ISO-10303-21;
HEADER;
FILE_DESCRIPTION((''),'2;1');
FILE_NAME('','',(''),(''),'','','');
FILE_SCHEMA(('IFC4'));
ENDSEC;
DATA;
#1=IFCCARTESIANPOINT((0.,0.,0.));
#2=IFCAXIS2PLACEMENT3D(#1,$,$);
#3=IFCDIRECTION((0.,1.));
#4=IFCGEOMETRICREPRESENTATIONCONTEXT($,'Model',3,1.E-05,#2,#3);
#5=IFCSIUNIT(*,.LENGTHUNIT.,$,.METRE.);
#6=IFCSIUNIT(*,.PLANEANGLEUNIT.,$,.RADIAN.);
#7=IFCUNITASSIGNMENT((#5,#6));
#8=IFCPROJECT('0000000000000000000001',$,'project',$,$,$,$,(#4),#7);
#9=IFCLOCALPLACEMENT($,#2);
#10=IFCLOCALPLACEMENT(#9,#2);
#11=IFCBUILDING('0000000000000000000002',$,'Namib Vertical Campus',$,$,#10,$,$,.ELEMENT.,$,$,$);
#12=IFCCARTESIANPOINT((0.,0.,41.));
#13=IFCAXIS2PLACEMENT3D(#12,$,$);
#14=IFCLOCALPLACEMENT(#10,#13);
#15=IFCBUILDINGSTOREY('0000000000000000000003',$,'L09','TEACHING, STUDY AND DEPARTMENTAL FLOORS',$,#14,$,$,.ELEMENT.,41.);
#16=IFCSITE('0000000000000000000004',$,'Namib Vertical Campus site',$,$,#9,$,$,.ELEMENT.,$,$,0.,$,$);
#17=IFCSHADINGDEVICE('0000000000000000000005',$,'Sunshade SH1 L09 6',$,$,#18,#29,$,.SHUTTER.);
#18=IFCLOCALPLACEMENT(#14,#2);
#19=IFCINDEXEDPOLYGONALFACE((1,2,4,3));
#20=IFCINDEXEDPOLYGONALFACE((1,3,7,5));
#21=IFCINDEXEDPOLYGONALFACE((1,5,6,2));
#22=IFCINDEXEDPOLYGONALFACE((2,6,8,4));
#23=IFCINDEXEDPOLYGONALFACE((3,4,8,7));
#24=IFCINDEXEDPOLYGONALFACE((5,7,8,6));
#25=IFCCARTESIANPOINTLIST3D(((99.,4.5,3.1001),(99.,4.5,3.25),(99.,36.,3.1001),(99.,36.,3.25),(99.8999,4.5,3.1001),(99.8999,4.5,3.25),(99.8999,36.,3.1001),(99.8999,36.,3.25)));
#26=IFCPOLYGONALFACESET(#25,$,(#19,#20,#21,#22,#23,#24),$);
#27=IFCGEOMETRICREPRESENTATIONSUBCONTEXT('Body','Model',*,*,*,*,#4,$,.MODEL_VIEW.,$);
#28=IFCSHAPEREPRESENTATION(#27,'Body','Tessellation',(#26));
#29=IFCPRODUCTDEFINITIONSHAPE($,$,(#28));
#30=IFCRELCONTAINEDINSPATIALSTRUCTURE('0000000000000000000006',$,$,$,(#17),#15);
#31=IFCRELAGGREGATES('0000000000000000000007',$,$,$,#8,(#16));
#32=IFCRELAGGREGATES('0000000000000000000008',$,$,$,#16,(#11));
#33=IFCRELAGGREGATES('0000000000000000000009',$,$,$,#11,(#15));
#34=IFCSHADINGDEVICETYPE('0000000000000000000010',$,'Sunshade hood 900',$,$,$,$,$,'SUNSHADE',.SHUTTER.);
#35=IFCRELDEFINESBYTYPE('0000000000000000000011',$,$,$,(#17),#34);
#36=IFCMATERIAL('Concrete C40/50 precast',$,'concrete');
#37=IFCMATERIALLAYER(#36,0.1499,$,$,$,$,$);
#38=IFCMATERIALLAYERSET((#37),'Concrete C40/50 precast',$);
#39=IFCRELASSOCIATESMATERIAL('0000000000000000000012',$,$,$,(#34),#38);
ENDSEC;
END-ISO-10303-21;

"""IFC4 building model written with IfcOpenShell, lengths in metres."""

from ifc_helpers import new_model, si_unit, direction, frame, origin, origin_2d, place, context, subcontext, project, spatial, rectangle, extrude, material, layer, layer_set, type_object, element, save


model = new_model("IFC4")

# Units and contexts
model_context = context("Model", 3, precision=1e-05, world=origin(), true_north=direction((0.0, 1.0)))
body_context = subcontext(model_context, "Body", "Model", "MODEL_VIEW")
ifc_project = project(units=[si_unit("LENGTHUNIT", "METRE"), si_unit("PLANEANGLEUNIT", "RADIAN")], contexts=[model_context])

# Site, building, storey
site_placement = place(None, origin())
site = spatial("IfcSite", under=ifc_project, at=site_placement, Name="Namib Vertical Campus site", CompositionType="ELEMENT", RefElevation=0.0)
building_placement = place(site_placement, origin())
building = spatial("IfcBuilding", under=site, at=building_placement, Name="Namib Vertical Campus", CompositionType="ELEMENT")
storey_placement = place(building_placement, frame((0.0, 0.0, 41.0)))
storey = spatial("IfcBuildingStorey", under=building, at=storey_placement, Name="L09", Description="TEACHING, STUDY AND DEPARTMENTAL FLOORS", CompositionType="ELEMENT", Elevation=41.0)

# Shading device
ifc_material_1 = material(Name="Concrete C40/50 precast", Category="concrete")
ifc_layer_1 = layer(ifc_material_1, 0.1499)
ifc_layer_set_1 = layer_set([ifc_layer_1], Name="Concrete C40/50 precast")
shading_device_type = type_object("IfcShadingDeviceType", Name="Sunshade hood 900", ElementType="SUNSHADE", PredefinedType="SHUTTER", material=ifc_layer_set_1)
shading_device_placement = place(storey_placement, frame((99.45, 20.25, 3.1001), z_axis=(0.0, 0.0, 1.0), x_axis=(0.0, 1.0, 0.0)))
element("IfcShadingDevice", 1, at=shading_device_placement, inside=storey, type_object=shading_device_type, Name="Sunshade SH1 L09 6", PredefinedType="SHUTTER", context=body_context, shape_type="SweptSolid", body=[
    extrude(rectangle(XDim=31.5, YDim=0.8999, at=origin_2d()), origin(), (0.0, 0.0, 1.0), 0.1499),
])

save(model, "model.ifc")
